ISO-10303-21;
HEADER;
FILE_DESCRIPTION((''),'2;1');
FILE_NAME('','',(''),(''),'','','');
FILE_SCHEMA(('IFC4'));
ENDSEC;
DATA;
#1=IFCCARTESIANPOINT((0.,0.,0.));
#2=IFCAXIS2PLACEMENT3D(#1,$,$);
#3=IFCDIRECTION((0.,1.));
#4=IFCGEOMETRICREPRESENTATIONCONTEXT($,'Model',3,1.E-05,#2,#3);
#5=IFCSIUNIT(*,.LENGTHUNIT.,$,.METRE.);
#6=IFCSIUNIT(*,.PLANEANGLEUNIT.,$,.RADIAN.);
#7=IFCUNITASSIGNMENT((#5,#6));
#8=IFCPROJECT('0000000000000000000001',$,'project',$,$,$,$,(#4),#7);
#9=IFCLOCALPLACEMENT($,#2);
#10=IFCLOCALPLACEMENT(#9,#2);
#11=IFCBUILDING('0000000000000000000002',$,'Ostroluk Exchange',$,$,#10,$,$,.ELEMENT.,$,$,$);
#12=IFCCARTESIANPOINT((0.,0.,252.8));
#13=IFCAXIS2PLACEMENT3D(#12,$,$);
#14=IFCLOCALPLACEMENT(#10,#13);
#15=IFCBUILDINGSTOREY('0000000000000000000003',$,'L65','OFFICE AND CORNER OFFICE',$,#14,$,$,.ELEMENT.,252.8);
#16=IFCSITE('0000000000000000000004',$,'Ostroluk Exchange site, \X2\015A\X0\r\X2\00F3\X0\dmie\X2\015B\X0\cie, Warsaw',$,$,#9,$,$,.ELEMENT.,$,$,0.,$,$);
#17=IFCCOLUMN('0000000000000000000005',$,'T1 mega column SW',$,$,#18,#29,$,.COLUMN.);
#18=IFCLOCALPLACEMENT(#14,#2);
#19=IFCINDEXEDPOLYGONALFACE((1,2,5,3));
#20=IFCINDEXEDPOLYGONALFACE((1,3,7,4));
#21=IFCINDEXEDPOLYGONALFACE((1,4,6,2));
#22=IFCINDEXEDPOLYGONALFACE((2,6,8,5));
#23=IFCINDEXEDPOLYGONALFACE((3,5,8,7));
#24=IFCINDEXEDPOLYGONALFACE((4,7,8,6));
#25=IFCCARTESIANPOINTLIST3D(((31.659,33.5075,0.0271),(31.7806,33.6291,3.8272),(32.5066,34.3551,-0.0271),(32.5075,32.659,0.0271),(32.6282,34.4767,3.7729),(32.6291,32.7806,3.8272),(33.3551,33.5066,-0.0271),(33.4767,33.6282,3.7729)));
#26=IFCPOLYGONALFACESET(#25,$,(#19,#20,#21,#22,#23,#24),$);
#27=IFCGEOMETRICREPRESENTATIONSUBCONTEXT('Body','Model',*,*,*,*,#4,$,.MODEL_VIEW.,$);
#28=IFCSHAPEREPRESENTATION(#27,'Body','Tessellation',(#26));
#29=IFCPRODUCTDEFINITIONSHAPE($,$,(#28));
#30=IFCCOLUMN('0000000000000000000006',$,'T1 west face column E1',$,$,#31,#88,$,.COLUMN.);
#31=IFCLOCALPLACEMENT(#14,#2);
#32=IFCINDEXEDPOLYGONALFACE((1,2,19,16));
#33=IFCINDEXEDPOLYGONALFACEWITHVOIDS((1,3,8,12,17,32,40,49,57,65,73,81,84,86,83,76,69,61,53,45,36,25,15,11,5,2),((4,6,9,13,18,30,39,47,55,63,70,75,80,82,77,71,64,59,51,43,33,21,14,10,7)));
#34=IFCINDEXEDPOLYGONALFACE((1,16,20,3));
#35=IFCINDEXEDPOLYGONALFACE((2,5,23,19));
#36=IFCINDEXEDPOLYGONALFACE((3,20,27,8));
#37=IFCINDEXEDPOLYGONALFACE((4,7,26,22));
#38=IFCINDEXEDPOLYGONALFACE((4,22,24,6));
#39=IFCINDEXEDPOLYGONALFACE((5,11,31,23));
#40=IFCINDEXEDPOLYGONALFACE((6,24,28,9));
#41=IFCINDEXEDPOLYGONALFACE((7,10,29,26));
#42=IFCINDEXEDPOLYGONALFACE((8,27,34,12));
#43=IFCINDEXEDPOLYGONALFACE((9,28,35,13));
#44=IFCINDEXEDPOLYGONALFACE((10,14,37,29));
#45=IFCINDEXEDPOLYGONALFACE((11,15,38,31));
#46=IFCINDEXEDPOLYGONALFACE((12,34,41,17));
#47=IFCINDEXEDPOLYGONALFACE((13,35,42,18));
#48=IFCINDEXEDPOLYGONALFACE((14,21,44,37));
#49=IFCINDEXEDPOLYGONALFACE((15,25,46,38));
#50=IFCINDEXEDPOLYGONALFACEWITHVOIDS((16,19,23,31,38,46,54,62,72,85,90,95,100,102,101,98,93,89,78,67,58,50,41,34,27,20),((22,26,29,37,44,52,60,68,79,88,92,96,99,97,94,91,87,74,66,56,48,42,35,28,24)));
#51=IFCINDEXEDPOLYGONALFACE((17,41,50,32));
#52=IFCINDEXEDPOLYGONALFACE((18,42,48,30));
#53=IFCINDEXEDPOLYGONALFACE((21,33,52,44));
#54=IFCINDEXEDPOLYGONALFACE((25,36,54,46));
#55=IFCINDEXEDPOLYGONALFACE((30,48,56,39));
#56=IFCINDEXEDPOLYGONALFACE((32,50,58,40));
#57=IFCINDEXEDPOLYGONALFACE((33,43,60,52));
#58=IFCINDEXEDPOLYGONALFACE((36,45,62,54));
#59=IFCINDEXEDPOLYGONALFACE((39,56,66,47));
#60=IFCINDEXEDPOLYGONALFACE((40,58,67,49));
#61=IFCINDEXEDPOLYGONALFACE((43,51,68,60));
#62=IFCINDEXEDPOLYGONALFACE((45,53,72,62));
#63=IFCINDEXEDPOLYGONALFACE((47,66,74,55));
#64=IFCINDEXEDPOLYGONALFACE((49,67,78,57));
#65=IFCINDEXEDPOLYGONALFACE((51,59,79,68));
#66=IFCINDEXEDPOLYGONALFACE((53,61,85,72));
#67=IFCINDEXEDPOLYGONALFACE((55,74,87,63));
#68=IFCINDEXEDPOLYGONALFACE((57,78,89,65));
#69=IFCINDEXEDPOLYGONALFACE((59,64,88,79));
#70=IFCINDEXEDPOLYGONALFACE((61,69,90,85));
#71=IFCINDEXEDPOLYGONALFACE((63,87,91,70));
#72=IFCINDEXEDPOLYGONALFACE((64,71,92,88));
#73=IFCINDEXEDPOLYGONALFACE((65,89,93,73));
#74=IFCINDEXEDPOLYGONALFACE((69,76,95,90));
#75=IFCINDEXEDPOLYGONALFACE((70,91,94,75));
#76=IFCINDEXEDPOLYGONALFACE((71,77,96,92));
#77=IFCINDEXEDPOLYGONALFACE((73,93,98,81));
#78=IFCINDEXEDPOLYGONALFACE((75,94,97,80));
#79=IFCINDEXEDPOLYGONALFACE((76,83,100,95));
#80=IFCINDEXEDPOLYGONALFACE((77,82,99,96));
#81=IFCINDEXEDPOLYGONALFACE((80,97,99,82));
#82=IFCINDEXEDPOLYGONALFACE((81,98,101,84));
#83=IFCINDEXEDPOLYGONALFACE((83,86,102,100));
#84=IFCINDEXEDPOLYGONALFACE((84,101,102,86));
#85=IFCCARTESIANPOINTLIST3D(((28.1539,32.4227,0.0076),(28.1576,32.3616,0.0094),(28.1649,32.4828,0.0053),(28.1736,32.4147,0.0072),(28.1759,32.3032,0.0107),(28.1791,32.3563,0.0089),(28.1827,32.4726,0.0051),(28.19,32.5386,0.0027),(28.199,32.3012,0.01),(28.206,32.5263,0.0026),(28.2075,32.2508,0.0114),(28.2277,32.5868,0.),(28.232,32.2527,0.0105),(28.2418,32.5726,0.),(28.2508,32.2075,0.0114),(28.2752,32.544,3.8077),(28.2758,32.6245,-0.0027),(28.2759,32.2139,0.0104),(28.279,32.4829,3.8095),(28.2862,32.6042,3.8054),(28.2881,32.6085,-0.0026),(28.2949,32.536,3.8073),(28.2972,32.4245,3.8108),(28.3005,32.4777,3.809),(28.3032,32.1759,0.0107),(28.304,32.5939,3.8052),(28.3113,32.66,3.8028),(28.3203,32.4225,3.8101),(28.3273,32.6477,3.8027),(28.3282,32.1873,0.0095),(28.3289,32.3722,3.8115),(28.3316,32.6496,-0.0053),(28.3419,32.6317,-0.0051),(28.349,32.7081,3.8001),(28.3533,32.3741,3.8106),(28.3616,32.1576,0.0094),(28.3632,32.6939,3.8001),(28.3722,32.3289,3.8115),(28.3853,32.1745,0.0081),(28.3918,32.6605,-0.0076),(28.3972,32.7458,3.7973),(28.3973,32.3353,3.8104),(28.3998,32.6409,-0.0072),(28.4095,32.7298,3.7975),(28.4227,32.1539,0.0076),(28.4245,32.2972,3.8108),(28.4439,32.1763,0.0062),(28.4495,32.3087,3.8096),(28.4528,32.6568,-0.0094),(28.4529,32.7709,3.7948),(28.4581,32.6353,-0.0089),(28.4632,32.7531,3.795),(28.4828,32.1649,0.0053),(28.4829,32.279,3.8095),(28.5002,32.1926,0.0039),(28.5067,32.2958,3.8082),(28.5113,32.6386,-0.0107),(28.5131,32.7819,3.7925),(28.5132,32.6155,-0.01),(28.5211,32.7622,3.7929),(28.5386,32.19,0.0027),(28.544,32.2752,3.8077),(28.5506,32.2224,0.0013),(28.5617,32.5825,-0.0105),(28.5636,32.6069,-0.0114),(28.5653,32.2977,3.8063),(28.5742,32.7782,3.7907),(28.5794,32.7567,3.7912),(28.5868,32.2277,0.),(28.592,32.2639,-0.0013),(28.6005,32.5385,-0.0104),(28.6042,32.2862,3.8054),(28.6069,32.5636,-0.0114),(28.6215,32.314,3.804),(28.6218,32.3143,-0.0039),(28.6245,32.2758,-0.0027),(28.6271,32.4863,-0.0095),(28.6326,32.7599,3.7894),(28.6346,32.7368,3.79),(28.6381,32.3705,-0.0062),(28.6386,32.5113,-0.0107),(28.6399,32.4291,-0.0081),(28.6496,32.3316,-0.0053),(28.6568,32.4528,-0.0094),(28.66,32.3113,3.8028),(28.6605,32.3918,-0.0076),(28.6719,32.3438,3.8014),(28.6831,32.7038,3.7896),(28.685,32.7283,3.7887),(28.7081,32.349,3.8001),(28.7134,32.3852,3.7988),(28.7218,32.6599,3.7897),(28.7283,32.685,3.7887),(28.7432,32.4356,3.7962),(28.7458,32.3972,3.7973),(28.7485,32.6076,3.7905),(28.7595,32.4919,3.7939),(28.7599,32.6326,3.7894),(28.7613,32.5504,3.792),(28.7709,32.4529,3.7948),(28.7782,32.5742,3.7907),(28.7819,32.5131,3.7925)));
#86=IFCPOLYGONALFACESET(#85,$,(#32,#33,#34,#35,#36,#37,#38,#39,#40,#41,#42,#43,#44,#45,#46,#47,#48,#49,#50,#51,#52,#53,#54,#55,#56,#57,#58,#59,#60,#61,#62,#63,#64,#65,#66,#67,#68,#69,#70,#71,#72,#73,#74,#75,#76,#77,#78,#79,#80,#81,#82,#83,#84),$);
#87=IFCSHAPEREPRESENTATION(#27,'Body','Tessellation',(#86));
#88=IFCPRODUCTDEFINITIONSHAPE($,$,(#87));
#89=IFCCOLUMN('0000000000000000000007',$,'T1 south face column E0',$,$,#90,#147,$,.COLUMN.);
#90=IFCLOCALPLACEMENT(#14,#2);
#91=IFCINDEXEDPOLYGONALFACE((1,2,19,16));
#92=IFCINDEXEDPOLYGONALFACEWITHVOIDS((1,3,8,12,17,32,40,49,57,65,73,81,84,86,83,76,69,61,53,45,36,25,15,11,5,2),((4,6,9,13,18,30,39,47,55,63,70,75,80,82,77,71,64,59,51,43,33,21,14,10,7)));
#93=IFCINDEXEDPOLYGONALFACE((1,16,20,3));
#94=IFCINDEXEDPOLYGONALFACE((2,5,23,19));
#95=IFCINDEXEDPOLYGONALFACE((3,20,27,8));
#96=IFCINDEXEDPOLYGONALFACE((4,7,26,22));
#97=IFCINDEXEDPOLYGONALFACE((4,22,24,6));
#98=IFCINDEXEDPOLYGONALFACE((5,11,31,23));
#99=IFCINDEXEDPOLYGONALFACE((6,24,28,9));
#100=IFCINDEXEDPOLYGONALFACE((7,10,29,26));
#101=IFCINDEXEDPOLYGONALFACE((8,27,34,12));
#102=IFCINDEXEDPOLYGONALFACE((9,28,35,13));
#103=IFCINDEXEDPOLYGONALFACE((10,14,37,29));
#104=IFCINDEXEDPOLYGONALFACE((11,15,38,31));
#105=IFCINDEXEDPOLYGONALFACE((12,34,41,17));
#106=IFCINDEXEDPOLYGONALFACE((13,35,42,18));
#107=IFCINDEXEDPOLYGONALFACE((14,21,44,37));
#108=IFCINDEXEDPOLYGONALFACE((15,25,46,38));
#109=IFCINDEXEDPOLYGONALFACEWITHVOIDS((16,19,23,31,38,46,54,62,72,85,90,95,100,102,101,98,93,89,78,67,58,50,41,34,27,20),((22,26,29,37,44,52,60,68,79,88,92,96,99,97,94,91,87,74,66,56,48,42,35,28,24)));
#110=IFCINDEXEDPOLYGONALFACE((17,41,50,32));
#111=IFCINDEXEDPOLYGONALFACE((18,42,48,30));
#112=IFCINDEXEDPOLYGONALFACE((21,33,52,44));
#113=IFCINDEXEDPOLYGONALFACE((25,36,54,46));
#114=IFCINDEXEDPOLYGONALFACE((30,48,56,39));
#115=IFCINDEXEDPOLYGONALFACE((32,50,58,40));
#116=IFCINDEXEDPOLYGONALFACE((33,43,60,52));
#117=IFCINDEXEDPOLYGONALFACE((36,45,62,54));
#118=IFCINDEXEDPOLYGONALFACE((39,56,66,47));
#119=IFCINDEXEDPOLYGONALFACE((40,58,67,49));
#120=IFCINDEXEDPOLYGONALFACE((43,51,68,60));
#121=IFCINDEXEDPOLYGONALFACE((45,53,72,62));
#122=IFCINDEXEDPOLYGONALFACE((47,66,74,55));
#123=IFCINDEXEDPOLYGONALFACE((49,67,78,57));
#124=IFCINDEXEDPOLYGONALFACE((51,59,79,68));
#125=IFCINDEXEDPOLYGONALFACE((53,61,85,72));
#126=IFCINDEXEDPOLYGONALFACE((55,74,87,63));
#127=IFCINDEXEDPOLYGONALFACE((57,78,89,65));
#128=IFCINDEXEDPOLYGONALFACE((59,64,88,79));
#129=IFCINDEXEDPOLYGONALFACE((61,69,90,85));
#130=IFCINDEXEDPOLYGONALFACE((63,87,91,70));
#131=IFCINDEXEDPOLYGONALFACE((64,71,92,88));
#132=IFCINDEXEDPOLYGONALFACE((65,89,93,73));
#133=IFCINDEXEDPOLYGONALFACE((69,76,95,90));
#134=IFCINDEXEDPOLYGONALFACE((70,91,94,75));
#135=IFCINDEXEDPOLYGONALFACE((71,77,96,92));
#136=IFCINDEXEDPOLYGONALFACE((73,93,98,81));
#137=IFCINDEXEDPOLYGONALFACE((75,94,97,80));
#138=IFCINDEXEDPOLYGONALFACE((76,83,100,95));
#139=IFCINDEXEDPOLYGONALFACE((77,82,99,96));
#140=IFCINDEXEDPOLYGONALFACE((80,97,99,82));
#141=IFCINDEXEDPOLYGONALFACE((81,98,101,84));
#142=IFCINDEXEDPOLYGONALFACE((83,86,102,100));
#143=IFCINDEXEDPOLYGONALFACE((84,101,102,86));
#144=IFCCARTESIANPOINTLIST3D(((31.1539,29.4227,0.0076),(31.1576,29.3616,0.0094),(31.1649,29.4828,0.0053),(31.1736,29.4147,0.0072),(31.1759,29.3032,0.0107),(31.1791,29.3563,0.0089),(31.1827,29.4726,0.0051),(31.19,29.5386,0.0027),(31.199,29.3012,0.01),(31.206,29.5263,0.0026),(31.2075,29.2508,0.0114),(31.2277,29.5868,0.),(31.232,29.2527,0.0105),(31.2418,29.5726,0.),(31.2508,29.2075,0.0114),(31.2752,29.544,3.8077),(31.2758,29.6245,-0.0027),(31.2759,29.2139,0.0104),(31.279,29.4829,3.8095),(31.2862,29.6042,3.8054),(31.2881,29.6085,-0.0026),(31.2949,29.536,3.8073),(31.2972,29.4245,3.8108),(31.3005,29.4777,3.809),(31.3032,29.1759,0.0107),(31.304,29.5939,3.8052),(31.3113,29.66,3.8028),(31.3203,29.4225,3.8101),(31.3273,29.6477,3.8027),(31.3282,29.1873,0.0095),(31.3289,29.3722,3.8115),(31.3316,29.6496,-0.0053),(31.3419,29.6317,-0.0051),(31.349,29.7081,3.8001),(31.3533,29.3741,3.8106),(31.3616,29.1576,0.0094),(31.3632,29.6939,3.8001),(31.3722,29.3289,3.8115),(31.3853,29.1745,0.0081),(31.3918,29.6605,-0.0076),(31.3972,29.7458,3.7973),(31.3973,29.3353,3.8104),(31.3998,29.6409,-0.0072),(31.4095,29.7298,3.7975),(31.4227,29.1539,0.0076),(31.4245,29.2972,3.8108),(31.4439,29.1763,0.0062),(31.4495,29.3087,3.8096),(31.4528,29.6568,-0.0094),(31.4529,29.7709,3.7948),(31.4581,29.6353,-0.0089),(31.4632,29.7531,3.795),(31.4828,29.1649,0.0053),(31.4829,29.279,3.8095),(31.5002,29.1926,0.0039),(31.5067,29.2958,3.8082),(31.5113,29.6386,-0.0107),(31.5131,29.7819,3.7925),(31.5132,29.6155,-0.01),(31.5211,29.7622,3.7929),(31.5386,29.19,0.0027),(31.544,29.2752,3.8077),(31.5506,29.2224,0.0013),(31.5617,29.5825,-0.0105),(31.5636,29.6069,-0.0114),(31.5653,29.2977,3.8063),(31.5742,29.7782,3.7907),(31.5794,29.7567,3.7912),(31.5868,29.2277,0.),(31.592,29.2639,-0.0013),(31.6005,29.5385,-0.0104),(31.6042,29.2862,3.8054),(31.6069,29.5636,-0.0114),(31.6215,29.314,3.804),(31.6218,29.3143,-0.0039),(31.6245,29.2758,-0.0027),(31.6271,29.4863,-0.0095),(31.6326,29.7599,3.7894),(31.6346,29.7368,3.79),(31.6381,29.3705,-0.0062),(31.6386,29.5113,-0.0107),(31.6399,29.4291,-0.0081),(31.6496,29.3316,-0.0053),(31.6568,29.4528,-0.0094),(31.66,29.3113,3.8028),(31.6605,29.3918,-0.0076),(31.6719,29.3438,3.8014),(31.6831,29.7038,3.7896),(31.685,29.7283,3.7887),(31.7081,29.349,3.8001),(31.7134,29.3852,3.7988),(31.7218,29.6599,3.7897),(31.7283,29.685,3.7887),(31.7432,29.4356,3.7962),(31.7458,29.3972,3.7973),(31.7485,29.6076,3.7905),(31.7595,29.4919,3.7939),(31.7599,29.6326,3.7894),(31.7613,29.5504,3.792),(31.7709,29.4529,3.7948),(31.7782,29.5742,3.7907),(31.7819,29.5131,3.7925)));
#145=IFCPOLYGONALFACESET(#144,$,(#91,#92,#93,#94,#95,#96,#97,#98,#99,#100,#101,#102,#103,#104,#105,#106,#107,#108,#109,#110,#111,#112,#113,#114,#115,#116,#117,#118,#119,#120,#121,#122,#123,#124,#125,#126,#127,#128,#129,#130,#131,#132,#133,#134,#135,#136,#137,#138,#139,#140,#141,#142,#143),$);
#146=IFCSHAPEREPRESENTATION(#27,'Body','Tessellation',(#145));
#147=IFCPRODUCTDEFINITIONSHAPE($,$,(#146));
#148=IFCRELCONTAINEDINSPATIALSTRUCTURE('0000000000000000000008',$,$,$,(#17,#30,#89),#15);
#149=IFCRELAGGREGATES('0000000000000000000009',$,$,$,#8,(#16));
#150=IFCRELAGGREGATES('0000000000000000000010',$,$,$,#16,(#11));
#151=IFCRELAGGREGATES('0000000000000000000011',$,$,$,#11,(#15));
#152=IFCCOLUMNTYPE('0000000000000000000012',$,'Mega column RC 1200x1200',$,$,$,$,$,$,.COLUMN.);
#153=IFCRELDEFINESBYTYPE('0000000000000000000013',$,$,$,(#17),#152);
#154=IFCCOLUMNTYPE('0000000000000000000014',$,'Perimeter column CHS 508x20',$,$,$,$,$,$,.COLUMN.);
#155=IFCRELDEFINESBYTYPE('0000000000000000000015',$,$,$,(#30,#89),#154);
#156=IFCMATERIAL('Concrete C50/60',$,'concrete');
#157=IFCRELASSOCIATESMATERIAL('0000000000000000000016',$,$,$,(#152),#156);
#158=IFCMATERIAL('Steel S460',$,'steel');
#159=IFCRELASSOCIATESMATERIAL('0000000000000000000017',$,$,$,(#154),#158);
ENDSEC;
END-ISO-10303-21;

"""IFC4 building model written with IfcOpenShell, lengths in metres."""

from ifc_helpers import new_model, si_unit, direction, frame, origin, origin_2d, place, context, subcontext, project, spatial, rectangle, hollow_circle, extrude, material, material_profile, profile_set, type_object, element, save


model = new_model("IFC4")

# Units and contexts
model_context = context("Model", 3, precision=1e-05, world=origin(), true_north=direction((0.0, 1.0)))
body_context = subcontext(model_context, "Body", "Model", "MODEL_VIEW")
ifc_project = project(units=[si_unit("LENGTHUNIT", "METRE"), si_unit("PLANEANGLEUNIT", "RADIAN")], contexts=[model_context])

# Site, building, storey
site_placement = place(None, origin())
site = spatial("IfcSite", under=ifc_project, at=site_placement, Name="Ostroluk Exchange site, Śródmieście, Warsaw", CompositionType="ELEMENT", RefElevation=0.0)
building_placement = place(site_placement, origin())
building = spatial("IfcBuilding", under=site, at=building_placement, Name="Ostroluk Exchange", CompositionType="ELEMENT")
storey_placement = place(building_placement, frame((0.0, 0.0, 252.8)))
storey = spatial("IfcBuildingStorey", under=building, at=storey_placement, Name="L65", Description="OFFICE AND CORNER OFFICE", CompositionType="ELEMENT", Elevation=252.8)

# Columns
ifc_material_1 = material(Name="Concrete C50/60", Category="concrete")
ifc_material_profile_1 = material_profile(ifc_material_1, rectangle(XDim=1.2, YDim=1.2, at=origin_2d()), Name="RC 1200x1200")
ifc_profile_set_1 = profile_set([ifc_material_profile_1], Name="Concrete C50/60")
column_type_1 = type_object("IfcColumnType", Name="Mega column RC 1200x1200", PredefinedType="COLUMN", material=ifc_profile_set_1)
column_1_placement = place(storey_placement, frame((32.5071, 33.5071, 0.0), z_axis=(0.031962, 0.031962, 0.998978), x_axis=(-0.707107, 0.707107, 0.0)))
element("IfcColumn", 1, at=column_1_placement, inside=storey, type_object=column_type_1, Name="T1 mega column SW", PredefinedType="COLUMN", context=body_context, shape_type="SweptSolid", body=[
    extrude(rectangle(XDim=1.2, YDim=1.2, at=origin_2d()), origin(), (0.0, 0.0, 1.0), 3.804),
])
ifc_material_2 = material(Name="Steel S460", Category="steel")
ifc_material_profile_2 = material_profile(ifc_material_2, hollow_circle(Radius=0.2539, WallThickness=0.02, at=origin_2d()), Name="CHS 508x20")
ifc_profile_set_2 = profile_set([ifc_material_profile_2], Name="Steel S460")
column_type_2 = type_object("IfcColumnType", Name="Perimeter column CHS 508x20", PredefinedType="COLUMN", material=ifc_profile_set_2)
for number, where, z_axis, x_axis, name in (
    (2, (28.4072, 32.4072, 0.0), (0.031898, 0.031898, 0.998982), (-0.707107, 0.707107, 0.0), "T1 west face column E1"),
    (3, (31.4072, 29.4072, 0.0), (0.031898, 0.031898, 0.998982), (-0.707107, 0.707107, 0.0), "T1 south face column E0"),
):
    element("IfcColumn", number, at=place(storey_placement, frame(where, z_axis=z_axis, x_axis=x_axis)), inside=storey, type_object=column_type_2, Name=name, PredefinedType="COLUMN", context=body_context, shape_type="SweptSolid", body=[
        extrude(hollow_circle(Radius=0.2539, WallThickness=0.02, at=origin_2d()), origin(), (0.0, 0.0, 1.0), 3.804),
    ])

save(model, "model.ifc")
